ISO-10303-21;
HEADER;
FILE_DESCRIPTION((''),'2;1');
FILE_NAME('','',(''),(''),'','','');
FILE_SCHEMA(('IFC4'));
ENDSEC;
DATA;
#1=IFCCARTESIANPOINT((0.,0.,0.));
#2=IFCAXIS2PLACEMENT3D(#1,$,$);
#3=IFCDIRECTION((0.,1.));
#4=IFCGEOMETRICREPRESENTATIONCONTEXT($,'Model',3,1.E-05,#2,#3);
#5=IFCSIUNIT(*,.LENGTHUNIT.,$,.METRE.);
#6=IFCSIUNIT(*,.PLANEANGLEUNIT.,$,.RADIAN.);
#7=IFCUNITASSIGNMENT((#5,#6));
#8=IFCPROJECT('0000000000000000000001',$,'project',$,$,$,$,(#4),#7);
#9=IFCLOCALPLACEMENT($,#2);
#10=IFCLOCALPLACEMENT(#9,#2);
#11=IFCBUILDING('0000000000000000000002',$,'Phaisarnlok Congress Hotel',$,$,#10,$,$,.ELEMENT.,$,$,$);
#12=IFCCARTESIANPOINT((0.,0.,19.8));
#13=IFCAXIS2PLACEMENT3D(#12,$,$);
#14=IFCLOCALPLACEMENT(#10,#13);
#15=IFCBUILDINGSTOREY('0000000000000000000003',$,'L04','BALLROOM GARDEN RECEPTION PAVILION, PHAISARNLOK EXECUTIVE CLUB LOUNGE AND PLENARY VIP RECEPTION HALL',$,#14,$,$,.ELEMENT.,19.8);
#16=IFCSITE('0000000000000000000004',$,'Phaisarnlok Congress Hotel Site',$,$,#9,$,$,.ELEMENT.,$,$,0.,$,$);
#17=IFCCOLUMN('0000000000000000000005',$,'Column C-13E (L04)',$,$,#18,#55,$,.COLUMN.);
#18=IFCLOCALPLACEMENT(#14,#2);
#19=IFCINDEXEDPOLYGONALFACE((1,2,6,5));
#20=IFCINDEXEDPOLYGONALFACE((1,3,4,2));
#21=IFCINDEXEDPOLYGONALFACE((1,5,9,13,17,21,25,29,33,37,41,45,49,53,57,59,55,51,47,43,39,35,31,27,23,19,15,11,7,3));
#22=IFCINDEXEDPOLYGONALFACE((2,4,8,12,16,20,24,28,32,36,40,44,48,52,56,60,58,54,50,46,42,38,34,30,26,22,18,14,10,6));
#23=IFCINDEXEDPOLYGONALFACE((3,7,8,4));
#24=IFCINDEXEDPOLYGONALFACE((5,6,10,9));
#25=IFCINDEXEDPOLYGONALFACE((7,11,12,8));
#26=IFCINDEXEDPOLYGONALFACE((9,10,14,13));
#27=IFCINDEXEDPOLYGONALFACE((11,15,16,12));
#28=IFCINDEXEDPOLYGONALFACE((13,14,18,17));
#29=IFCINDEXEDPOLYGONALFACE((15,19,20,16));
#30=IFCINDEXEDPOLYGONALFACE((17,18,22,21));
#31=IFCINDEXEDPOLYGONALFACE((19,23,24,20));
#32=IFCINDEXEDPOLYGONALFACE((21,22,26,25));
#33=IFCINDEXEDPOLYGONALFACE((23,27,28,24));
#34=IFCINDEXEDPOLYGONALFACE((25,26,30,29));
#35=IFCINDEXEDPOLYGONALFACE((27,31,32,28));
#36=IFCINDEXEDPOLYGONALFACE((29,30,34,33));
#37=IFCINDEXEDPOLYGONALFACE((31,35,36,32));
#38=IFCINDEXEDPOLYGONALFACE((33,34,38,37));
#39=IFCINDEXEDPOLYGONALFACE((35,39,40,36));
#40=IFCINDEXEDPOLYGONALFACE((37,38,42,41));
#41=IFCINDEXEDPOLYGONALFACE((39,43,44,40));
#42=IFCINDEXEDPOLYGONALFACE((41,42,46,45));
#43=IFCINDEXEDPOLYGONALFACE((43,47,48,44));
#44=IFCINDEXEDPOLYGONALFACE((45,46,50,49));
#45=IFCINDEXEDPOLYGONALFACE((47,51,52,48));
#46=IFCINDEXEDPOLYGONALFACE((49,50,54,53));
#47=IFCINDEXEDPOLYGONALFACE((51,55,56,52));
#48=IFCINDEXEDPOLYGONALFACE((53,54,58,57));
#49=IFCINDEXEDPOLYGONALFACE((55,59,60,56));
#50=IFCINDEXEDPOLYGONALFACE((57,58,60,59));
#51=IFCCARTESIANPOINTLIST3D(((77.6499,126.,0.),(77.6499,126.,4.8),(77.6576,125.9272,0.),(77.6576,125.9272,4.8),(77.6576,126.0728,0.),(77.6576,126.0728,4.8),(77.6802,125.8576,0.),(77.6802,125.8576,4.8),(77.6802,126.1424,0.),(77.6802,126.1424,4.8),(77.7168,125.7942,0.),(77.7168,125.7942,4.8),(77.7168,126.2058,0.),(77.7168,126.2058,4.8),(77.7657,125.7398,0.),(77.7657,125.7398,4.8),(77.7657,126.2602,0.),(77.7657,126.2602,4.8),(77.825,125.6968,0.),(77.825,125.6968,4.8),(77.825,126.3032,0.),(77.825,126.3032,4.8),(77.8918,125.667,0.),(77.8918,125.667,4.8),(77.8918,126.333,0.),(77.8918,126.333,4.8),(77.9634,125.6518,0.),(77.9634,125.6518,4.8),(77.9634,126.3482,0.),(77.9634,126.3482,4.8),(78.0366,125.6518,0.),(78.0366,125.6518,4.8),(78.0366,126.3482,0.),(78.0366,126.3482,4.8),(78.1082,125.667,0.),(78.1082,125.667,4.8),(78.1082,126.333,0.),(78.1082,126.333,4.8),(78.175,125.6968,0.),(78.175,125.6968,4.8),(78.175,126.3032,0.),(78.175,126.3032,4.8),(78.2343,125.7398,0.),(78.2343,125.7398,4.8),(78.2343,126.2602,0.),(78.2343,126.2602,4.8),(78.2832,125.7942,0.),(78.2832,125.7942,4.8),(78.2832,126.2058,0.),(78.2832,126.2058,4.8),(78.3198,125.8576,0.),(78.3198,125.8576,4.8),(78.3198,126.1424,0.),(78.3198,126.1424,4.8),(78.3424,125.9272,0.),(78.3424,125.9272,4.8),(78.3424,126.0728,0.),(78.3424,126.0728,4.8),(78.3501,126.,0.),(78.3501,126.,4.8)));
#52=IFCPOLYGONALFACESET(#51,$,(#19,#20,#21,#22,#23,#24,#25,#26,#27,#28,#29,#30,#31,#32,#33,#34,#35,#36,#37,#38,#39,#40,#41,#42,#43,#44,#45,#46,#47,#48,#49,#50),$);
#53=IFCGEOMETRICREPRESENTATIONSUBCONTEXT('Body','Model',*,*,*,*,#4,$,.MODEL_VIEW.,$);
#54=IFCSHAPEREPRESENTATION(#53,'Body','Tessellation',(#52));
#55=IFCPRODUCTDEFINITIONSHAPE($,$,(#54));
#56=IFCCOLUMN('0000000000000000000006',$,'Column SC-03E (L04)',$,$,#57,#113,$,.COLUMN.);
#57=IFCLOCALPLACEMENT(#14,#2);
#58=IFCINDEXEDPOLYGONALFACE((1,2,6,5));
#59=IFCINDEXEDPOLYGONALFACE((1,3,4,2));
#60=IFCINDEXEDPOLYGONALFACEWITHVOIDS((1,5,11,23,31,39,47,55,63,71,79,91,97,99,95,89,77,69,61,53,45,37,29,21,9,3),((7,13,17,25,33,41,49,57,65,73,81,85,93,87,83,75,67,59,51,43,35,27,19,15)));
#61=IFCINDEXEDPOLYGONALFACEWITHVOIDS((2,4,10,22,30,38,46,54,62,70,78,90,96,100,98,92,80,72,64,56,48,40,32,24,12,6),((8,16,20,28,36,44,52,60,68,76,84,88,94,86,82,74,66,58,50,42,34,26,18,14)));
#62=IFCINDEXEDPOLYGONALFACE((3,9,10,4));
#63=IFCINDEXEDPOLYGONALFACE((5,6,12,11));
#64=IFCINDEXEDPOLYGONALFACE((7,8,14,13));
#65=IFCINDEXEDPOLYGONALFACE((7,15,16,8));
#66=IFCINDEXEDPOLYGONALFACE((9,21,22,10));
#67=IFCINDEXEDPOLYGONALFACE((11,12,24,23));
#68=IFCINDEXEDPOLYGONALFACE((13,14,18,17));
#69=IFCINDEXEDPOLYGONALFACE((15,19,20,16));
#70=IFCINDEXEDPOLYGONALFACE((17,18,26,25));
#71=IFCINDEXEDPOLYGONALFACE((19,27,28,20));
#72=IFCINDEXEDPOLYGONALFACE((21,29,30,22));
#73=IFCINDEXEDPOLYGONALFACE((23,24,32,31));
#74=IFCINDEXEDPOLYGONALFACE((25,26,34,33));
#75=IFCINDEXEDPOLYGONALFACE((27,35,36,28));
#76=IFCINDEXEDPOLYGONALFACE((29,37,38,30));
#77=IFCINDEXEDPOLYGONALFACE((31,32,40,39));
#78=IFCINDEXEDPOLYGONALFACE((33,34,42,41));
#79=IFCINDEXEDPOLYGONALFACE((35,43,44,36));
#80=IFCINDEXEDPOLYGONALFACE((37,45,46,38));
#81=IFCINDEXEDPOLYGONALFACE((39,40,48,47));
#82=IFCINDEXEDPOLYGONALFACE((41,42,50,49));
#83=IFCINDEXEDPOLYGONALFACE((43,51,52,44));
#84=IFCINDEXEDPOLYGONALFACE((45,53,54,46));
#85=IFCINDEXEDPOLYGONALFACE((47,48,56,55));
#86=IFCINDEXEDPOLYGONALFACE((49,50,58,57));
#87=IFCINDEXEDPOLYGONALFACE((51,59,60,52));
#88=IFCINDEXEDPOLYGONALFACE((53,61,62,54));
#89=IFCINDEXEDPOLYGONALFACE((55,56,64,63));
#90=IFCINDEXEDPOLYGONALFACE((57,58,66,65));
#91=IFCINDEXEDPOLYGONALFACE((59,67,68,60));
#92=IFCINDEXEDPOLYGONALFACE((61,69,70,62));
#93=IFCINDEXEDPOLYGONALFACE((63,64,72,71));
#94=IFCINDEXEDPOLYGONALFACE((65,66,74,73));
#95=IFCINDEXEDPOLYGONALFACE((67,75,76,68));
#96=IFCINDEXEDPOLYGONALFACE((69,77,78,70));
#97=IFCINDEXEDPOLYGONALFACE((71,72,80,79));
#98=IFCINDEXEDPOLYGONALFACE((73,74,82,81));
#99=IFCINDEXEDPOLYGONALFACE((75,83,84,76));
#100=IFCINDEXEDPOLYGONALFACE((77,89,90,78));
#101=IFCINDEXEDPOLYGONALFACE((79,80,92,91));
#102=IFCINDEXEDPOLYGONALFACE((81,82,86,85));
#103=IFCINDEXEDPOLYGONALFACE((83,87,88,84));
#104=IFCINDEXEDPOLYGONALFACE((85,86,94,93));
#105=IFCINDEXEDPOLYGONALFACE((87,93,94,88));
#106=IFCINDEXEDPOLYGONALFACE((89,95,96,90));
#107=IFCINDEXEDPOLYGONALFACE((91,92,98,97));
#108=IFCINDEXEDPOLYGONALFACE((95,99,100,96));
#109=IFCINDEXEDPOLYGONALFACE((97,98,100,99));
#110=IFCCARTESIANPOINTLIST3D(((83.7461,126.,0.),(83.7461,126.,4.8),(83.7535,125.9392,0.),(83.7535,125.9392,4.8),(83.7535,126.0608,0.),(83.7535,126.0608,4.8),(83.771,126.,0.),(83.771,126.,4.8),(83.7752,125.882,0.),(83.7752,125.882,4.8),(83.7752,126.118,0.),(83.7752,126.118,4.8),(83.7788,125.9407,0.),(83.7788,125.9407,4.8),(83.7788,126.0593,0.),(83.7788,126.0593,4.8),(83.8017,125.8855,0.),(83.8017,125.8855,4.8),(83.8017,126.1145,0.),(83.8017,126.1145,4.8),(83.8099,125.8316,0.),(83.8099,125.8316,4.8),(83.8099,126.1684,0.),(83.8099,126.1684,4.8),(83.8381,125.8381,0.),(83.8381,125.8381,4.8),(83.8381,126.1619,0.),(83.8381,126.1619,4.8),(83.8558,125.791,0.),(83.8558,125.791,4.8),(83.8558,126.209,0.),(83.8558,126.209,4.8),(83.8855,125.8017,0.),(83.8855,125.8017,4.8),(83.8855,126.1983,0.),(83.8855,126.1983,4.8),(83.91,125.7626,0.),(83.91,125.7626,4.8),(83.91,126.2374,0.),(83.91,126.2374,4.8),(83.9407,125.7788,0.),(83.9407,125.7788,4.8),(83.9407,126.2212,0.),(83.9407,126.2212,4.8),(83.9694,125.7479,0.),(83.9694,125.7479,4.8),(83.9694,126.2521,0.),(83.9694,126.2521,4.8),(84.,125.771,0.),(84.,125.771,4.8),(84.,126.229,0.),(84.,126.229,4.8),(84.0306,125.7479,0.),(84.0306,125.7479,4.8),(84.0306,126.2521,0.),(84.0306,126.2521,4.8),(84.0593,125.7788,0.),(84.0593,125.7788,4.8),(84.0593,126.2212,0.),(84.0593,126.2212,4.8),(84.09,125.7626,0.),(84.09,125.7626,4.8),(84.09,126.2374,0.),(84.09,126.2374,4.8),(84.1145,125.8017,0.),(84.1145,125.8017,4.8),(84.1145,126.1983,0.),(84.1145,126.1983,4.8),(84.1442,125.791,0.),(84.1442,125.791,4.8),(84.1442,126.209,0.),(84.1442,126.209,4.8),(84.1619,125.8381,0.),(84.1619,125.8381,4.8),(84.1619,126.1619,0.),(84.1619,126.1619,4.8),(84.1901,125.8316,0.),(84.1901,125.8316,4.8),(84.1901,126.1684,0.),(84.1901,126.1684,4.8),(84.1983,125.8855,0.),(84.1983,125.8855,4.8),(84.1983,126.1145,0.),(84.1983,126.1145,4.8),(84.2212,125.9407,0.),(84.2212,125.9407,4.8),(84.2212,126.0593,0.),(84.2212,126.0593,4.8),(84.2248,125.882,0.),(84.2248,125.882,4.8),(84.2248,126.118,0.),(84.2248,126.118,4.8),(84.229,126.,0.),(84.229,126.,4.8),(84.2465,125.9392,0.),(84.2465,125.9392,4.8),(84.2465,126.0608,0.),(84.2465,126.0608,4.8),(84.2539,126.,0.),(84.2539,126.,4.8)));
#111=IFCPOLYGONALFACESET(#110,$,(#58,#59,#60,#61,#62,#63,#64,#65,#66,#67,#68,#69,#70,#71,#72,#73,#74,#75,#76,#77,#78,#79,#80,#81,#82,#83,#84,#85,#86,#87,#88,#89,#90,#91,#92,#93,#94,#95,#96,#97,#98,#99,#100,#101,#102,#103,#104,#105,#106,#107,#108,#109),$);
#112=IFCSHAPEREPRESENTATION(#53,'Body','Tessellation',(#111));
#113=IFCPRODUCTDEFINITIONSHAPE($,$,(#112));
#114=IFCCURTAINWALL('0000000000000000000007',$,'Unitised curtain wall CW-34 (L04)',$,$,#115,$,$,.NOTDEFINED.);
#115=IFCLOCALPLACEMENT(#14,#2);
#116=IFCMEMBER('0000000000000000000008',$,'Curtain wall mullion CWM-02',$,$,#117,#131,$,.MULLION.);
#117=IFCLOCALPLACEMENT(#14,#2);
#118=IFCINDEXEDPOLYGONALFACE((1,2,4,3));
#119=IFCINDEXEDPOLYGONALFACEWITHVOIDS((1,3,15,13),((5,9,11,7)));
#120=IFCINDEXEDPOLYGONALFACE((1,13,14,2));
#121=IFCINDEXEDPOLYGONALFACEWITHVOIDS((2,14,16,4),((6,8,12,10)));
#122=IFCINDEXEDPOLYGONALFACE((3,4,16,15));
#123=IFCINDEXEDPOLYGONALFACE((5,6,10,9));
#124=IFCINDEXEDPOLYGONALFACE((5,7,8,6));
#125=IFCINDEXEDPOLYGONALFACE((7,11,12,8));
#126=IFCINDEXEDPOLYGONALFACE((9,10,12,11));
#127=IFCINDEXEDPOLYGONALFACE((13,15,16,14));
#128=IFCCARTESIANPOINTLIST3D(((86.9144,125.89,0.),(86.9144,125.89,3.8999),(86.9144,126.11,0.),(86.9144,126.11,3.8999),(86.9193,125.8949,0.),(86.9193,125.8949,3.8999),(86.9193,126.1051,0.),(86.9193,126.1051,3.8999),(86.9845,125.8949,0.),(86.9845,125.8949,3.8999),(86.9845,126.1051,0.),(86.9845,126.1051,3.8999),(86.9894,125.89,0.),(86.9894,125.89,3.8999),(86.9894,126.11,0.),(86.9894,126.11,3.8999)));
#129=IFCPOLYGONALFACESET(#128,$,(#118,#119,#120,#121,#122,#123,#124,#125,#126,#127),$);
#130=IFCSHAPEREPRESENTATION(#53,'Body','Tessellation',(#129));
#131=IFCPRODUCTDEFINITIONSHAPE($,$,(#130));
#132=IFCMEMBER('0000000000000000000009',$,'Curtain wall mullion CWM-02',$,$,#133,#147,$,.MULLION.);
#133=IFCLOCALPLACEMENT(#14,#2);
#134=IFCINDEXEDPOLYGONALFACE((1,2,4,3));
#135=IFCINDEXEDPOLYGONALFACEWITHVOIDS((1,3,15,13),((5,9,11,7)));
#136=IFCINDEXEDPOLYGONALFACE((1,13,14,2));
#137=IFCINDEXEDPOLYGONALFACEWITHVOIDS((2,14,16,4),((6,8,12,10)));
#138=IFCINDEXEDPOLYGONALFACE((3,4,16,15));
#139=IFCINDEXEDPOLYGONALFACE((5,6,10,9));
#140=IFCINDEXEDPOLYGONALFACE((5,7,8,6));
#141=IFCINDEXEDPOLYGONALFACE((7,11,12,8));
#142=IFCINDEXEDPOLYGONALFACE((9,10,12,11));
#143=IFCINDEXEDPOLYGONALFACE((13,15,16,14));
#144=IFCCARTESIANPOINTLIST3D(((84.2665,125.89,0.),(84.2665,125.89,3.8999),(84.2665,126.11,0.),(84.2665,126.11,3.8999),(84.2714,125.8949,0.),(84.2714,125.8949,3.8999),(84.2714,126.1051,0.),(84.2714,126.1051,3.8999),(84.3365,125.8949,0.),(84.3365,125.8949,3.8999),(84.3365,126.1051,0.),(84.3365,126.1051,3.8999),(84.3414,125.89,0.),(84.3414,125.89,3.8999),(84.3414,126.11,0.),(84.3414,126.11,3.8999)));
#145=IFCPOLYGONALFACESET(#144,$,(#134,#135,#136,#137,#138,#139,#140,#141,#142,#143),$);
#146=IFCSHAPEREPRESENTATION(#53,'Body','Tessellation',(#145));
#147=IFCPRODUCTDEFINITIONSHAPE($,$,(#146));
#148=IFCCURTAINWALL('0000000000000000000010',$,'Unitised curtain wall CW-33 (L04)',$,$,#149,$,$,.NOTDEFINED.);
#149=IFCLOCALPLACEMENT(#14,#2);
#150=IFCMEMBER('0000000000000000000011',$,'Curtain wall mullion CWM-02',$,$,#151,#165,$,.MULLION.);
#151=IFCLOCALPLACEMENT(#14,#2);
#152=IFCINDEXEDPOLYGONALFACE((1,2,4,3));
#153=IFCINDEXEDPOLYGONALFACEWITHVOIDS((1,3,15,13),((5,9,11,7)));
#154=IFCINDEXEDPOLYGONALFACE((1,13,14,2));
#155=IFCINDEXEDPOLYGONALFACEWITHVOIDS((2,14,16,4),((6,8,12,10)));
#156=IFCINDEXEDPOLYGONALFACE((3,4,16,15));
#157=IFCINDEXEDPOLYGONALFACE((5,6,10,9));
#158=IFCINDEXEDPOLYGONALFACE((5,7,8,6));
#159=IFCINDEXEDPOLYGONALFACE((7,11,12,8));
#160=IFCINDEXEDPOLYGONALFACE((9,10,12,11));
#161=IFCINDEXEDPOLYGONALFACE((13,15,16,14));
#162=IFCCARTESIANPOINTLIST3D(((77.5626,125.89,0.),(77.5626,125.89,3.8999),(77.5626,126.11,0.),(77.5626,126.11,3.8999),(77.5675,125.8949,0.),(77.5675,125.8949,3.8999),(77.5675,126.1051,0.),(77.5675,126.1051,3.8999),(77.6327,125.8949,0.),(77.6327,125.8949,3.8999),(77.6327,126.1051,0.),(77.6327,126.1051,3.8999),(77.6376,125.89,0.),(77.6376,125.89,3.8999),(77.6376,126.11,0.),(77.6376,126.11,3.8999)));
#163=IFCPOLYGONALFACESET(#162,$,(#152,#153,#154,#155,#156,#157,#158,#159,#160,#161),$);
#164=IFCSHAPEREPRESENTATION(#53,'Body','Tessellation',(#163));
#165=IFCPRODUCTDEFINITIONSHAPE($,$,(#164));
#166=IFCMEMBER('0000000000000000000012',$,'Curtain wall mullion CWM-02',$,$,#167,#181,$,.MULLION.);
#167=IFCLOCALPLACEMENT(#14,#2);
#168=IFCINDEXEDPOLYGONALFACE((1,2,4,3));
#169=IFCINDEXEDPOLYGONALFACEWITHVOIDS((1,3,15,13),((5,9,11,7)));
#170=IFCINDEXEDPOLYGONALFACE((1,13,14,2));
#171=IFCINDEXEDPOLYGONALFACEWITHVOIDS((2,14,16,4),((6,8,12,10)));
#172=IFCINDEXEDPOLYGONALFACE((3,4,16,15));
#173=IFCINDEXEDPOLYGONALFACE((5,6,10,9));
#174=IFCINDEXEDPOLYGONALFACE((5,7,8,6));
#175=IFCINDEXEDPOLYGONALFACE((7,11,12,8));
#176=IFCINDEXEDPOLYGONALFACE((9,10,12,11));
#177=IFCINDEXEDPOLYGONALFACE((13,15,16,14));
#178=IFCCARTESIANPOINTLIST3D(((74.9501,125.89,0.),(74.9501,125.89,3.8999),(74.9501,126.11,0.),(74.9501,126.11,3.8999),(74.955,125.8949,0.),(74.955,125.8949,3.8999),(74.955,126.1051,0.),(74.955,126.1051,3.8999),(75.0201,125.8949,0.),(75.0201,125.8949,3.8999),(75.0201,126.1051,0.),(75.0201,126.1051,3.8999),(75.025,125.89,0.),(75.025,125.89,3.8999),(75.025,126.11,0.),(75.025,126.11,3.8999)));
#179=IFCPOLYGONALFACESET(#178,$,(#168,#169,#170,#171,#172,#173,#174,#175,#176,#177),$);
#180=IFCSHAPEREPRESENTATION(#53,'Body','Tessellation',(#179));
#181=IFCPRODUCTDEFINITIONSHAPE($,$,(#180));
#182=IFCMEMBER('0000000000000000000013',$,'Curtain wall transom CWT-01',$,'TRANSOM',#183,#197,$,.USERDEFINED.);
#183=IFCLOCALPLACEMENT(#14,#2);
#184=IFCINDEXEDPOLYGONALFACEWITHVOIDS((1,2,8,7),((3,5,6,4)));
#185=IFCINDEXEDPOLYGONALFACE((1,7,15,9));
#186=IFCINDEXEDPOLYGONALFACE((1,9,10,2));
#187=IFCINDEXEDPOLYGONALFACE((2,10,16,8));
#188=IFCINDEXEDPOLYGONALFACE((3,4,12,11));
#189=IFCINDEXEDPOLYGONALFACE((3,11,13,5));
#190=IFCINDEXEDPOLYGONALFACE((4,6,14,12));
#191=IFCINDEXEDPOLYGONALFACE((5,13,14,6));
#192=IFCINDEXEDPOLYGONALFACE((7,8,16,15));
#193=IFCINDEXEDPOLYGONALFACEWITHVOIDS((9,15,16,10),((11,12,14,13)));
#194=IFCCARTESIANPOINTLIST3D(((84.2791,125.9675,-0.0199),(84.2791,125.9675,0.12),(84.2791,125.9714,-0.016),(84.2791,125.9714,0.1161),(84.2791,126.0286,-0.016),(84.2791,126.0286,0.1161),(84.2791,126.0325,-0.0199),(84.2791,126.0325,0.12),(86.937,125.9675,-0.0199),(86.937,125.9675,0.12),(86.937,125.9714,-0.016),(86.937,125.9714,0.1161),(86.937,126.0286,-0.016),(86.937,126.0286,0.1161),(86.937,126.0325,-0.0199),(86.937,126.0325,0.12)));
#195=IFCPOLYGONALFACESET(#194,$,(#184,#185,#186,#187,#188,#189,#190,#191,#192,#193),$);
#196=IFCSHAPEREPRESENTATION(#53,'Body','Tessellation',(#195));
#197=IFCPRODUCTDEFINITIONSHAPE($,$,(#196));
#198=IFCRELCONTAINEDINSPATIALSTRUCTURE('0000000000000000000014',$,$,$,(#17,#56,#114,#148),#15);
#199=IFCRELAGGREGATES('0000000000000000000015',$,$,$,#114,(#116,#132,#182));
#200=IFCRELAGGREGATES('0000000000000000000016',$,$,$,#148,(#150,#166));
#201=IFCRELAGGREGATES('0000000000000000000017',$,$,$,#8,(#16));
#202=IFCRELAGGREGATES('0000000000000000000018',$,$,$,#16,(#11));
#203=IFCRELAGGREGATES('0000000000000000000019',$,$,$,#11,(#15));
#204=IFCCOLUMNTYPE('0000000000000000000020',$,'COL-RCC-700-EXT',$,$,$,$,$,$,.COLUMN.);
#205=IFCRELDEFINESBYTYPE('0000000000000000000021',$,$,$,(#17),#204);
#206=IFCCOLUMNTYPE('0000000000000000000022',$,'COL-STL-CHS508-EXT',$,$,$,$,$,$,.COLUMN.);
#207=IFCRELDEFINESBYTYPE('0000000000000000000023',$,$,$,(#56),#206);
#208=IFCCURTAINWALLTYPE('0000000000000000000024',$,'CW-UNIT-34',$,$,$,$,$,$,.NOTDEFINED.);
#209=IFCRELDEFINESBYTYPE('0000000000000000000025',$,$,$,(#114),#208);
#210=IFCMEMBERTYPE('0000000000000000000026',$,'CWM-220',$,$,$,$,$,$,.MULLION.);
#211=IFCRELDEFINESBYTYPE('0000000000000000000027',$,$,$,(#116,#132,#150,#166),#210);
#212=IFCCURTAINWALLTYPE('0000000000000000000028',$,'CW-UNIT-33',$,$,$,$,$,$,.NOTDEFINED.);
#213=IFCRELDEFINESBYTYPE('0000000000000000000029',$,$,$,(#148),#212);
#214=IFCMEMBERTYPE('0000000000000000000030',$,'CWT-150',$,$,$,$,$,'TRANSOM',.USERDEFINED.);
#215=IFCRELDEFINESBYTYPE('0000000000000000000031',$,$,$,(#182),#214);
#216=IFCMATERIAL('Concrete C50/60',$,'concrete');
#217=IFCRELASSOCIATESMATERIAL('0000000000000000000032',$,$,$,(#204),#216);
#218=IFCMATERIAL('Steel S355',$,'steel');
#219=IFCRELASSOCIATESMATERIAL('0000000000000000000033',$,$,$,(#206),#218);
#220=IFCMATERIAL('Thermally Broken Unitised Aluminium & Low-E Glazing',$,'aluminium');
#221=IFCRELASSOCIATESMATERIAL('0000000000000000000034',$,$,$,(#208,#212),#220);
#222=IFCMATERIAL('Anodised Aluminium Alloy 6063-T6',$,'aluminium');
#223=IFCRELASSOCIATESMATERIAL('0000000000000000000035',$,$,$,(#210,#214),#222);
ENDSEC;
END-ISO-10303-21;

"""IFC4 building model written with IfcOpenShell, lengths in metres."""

from ifc_helpers import new_model, si_unit, direction, frame, origin, origin_2d, place, context, subcontext, project, spatial, hollow_rectangle, circle, hollow_circle, extrude, material, material_profile, profile_set, type_object, element, aggregate, save


model = new_model("IFC4")

# Units and contexts
model_context = context("Model", 3, precision=1e-05, world=origin(), true_north=direction((0.0, 1.0)))
body_context = subcontext(model_context, "Body", "Model", "MODEL_VIEW")
ifc_project = project(units=[si_unit("LENGTHUNIT", "METRE"), si_unit("PLANEANGLEUNIT", "RADIAN")], contexts=[model_context])

# Site, building, storey
site_placement = place(None, origin())
site = spatial("IfcSite", under=ifc_project, at=site_placement, Name="Phaisarnlok Congress Hotel Site", CompositionType="ELEMENT", RefElevation=0.0)
building_placement = place(site_placement, origin())
building = spatial("IfcBuilding", under=site, at=building_placement, Name="Phaisarnlok Congress Hotel", CompositionType="ELEMENT")
storey_placement = place(building_placement, frame((0.0, 0.0, 19.8)))
storey = spatial("IfcBuildingStorey", under=building, at=storey_placement, Name="L04", Description="BALLROOM GARDEN RECEPTION PAVILION, PHAISARNLOK EXECUTIVE CLUB LOUNGE AND PLENARY VIP RECEPTION HALL", CompositionType="ELEMENT", Elevation=19.8)

# Columns
ifc_material_1 = material(Name="Concrete C50/60", Category="concrete")
ifc_material_profile_1 = material_profile(ifc_material_1, circle(Radius=0.3501, at=origin_2d()), Name="RCC D700")
ifc_profile_set_1 = profile_set([ifc_material_profile_1], Name="Concrete C50/60")
column_type_1 = type_object("IfcColumnType", Name="COL-RCC-700-EXT", PredefinedType="COLUMN", material=ifc_profile_set_1)
column_1_placement = place(storey_placement, frame((78.0, 126.0, 0.0), z_axis=(0.0, 0.0, 1.0), x_axis=(1.0, 0.0, 0.0)))
element("IfcColumn", 1, at=column_1_placement, inside=storey, type_object=column_type_1, Name="Column C-13E (L04)", PredefinedType="COLUMN", context=body_context, shape_type="SweptSolid", body=[
    extrude(circle(Radius=0.3501, at=origin_2d()), origin(), (0.0, 0.0, 1.0), 4.8),
])
ifc_material_2 = material(Name="Steel S355", Category="steel")
ifc_material_profile_2 = material_profile(ifc_material_2, hollow_circle(Radius=0.2539, WallThickness=0.0249, at=origin_2d()), Name="CHS 508x25")
ifc_profile_set_2 = profile_set([ifc_material_profile_2], Name="Steel S355")
column_type_2 = type_object("IfcColumnType", Name="COL-STL-CHS508-EXT", PredefinedType="COLUMN", material=ifc_profile_set_2)
column_2_placement = place(storey_placement, frame((84.0, 126.0, 0.0), z_axis=(0.0, 0.0, 1.0), x_axis=(1.0, 0.0, 0.0)))
element("IfcColumn", 2, at=column_2_placement, inside=storey, type_object=column_type_2, Name="Column SC-03E (L04)", PredefinedType="COLUMN", context=body_context, shape_type="SweptSolid", body=[
    extrude(hollow_circle(Radius=0.2539, WallThickness=0.0249, at=origin_2d()), origin(), (0.0, 0.0, 1.0), 4.8),
])

# Curtain walls, members
ifc_material_3 = material(Name="Thermally Broken Unitised Aluminium & Low-E Glazing", Category="aluminium")
curtain_wall_type_1 = type_object("IfcCurtainWallType", Name="CW-UNIT-34", PredefinedType="NOTDEFINED", material=ifc_material_3)
curtain_wall_1_placement = place(storey_placement, origin())
curtain_wall_1 = element("IfcCurtainWall", 3, at=curtain_wall_1_placement, inside=storey, type_object=curtain_wall_type_1, Name="Unitised curtain wall CW-34 (L04)", PredefinedType="NOTDEFINED")
ifc_material_4 = material(Name="Anodised Aluminium Alloy 6063-T6", Category="aluminium")
ifc_material_profile_3 = material_profile(ifc_material_4, hollow_rectangle(XDim=0.075, YDim=0.22, WallThickness=0.0049, at=origin_2d()), Name="ALU-M 75x220x5")
ifc_profile_set_3 = profile_set([ifc_material_profile_3], Name="Anodised Aluminium Alloy 6063-T6")
member_type_1 = type_object("IfcMemberType", Name="CWM-220", PredefinedType="MULLION", material=ifc_profile_set_3)
member_1_placement = place(storey_placement, frame((86.9519, 126.0, 0.0), z_axis=(0.0, 0.0, 1.0), x_axis=(-1.0, 0.0, 0.0)))
member_1 = element("IfcMember", 4, at=member_1_placement, type_object=member_type_1, Name="Curtain wall mullion CWM-02", PredefinedType="MULLION", context=body_context, shape_type="SweptSolid", body=[
    extrude(hollow_rectangle(XDim=0.075, YDim=0.22, WallThickness=0.0049, at=origin_2d()), origin(), (0.0, 0.0, 1.0), 3.8999),
])
member_2_placement = place(storey_placement, frame((84.304, 126.0, 0.0), z_axis=(0.0, 0.0, 1.0), x_axis=(-1.0, 0.0, 0.0)))
member_2 = element("IfcMember", 5, at=member_2_placement, type_object=member_type_1, Name="Curtain wall mullion CWM-02", PredefinedType="MULLION", context=body_context, shape_type="SweptSolid", body=[
    extrude(hollow_rectangle(XDim=0.075, YDim=0.22, WallThickness=0.0049, at=origin_2d()), origin(), (0.0, 0.0, 1.0), 3.8999),
])
curtain_wall_type_2 = type_object("IfcCurtainWallType", Name="CW-UNIT-33", PredefinedType="NOTDEFINED", material=ifc_material_3)
curtain_wall_2_placement = place(storey_placement, origin())
curtain_wall_2 = element("IfcCurtainWall", 6, at=curtain_wall_2_placement, inside=storey, type_object=curtain_wall_type_2, Name="Unitised curtain wall CW-33 (L04)", PredefinedType="NOTDEFINED")
member_3_placement = place(storey_placement, frame((77.6001, 126.0, 0.0), z_axis=(0.0, 0.0, 1.0), x_axis=(-1.0, 0.0, 0.0)))
member_3 = element("IfcMember", 7, at=member_3_placement, type_object=member_type_1, Name="Curtain wall mullion CWM-02", PredefinedType="MULLION", context=body_context, shape_type="SweptSolid", body=[
    extrude(hollow_rectangle(XDim=0.075, YDim=0.22, WallThickness=0.0049, at=origin_2d()), origin(), (0.0, 0.0, 1.0), 3.8999),
])
member_4_placement = place(storey_placement, frame((74.9875, 126.0, 0.0), z_axis=(0.0, 0.0, 1.0), x_axis=(-1.0, 0.0, 0.0)))
member_4 = element("IfcMember", 8, at=member_4_placement, type_object=member_type_1, Name="Curtain wall mullion CWM-02", PredefinedType="MULLION", context=body_context, shape_type="SweptSolid", body=[
    extrude(hollow_rectangle(XDim=0.075, YDim=0.22, WallThickness=0.0049, at=origin_2d()), origin(), (0.0, 0.0, 1.0), 3.8999),
])

# Member
ifc_material_profile_4 = material_profile(ifc_material_4, hollow_rectangle(XDim=0.0649, YDim=0.1399, WallThickness=0.0039, at=origin_2d()), Name="ALU-T 65x140x4")
ifc_profile_set_4 = profile_set([ifc_material_profile_4], Name="Anodised Aluminium Alloy 6063-T6")
member_type_2 = type_object("IfcMemberType", Name="CWT-150", ElementType="TRANSOM", PredefinedType="USERDEFINED", material=ifc_profile_set_4)
member_5_placement = place(storey_placement, frame((86.937, 126.0, 0.05), z_axis=(-1.0, 0.0, 0.0), x_axis=(0.0, -1.0, 0.0)))
member_5 = element("IfcMember", 9, at=member_5_placement, type_object=member_type_2, Name="Curtain wall transom CWT-01", ObjectType="TRANSOM", PredefinedType="USERDEFINED", context=body_context, shape_type="SweptSolid", body=[
    extrude(hollow_rectangle(XDim=0.0649, YDim=0.1399, WallThickness=0.0039, at=origin_2d()), origin(), (0.0, 0.0, 1.0), 2.658),
])

aggregate(curtain_wall_1, [member_1, member_2, member_5])
aggregate(curtain_wall_2, [member_3, member_4])

save(model, "model.ifc")
